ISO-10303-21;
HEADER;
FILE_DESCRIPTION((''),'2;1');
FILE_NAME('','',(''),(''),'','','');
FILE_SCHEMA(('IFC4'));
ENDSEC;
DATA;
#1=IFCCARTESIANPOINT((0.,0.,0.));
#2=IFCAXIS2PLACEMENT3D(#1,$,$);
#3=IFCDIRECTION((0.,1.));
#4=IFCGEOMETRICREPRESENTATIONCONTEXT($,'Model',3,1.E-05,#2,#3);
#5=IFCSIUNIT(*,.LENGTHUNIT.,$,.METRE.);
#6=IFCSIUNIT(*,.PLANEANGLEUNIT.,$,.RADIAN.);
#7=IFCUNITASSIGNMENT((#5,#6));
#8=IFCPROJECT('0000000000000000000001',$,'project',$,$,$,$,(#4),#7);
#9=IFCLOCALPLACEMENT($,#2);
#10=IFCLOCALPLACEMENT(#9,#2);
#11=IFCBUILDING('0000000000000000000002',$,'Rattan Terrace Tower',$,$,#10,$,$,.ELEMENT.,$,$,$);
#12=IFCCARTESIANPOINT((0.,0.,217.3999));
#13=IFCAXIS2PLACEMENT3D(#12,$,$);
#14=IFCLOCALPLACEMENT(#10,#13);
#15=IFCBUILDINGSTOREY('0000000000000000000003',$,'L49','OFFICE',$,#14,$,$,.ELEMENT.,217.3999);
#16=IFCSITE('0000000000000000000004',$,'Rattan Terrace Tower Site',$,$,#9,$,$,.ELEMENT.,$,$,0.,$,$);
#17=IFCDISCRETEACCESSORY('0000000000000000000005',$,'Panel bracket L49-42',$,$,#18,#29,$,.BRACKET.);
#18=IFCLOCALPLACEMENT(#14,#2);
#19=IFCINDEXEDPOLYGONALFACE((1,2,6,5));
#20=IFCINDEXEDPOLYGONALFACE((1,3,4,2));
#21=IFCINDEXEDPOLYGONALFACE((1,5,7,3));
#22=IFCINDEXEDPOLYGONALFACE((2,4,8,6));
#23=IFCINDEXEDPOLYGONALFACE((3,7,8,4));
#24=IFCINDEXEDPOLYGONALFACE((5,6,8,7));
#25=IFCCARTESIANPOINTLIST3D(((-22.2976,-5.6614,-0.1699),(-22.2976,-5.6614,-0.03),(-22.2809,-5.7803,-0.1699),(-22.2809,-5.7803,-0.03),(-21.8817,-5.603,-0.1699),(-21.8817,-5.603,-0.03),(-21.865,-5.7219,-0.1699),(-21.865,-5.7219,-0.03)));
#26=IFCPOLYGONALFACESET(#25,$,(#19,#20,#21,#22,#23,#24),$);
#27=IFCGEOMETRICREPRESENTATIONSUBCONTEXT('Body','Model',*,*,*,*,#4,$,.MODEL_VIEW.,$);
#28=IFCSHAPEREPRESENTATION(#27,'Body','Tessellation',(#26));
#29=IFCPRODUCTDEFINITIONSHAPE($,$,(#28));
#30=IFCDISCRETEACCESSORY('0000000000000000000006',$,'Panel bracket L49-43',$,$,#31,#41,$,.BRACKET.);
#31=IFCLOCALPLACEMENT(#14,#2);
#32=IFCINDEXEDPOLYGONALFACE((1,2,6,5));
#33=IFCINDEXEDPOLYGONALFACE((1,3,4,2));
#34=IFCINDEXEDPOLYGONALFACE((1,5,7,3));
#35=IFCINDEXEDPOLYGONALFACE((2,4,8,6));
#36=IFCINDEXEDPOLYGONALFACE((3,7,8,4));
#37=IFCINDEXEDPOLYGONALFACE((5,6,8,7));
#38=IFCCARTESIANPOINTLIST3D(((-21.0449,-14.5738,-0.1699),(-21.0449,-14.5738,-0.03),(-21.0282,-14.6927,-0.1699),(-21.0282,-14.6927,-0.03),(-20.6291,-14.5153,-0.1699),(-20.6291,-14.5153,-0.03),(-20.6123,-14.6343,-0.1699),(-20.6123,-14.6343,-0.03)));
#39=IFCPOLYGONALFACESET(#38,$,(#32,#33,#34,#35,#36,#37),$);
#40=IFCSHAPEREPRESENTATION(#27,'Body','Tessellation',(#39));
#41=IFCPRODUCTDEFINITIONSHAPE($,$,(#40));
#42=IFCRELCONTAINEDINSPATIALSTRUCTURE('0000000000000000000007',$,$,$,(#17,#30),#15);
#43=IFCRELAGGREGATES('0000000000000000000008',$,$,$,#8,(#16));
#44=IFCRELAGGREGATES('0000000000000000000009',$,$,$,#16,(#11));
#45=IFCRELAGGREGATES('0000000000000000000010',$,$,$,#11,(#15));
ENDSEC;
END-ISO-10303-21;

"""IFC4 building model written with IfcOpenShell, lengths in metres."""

from ifc_helpers import new_model, si_unit, direction, frame, origin, origin_2d, place, context, subcontext, project, spatial, rectangle, extrude, element, save


model = new_model("IFC4")

# Units and contexts
model_context = context("Model", 3, precision=1e-05, world=origin(), true_north=direction((0.0, 1.0)))
body_context = subcontext(model_context, "Body", "Model", "MODEL_VIEW")
ifc_project = project(units=[si_unit("LENGTHUNIT", "METRE"), si_unit("PLANEANGLEUNIT", "RADIAN")], contexts=[model_context])

# Site, building, storey
site_placement = place(None, origin())
site = spatial("IfcSite", under=ifc_project, at=site_placement, Name="Rattan Terrace Tower Site", CompositionType="ELEMENT", RefElevation=0.0)
building_placement = place(site_placement, origin())
building = spatial("IfcBuilding", under=site, at=building_placement, Name="Rattan Terrace Tower", CompositionType="ELEMENT")
storey_placement = place(building_placement, frame((0.0, 0.0, 217.3999)))
storey = spatial("IfcBuildingStorey", under=building, at=storey_placement, Name="L49", Description="OFFICE", CompositionType="ELEMENT", Elevation=217.3999)

# Discrete accessories
for number, where, z_axis, x_axis, name in (
    (1, (-22.0813, -5.6917, -0.1699), (0.0, 0.0, 1.0), (0.139186, -0.990266, 0.0), "Panel bracket L49-42"),
    (2, (-20.8286, -14.604, -0.1699), (0.0, 0.0, 1.0), (0.139186, -0.990266, 0.0), "Panel bracket L49-43"),
):
    element("IfcDiscreteAccessory", number, at=place(storey_placement, frame(where, z_axis=z_axis, x_axis=x_axis)), inside=storey, Name=name, PredefinedType="BRACKET", context=body_context, shape_type="SweptSolid", body=[
        extrude(rectangle(XDim=0.1201, YDim=0.4199, at=origin_2d()), origin(), (0.0, 0.0, 1.0), 0.1399),
    ])

save(model, "model.ifc")
